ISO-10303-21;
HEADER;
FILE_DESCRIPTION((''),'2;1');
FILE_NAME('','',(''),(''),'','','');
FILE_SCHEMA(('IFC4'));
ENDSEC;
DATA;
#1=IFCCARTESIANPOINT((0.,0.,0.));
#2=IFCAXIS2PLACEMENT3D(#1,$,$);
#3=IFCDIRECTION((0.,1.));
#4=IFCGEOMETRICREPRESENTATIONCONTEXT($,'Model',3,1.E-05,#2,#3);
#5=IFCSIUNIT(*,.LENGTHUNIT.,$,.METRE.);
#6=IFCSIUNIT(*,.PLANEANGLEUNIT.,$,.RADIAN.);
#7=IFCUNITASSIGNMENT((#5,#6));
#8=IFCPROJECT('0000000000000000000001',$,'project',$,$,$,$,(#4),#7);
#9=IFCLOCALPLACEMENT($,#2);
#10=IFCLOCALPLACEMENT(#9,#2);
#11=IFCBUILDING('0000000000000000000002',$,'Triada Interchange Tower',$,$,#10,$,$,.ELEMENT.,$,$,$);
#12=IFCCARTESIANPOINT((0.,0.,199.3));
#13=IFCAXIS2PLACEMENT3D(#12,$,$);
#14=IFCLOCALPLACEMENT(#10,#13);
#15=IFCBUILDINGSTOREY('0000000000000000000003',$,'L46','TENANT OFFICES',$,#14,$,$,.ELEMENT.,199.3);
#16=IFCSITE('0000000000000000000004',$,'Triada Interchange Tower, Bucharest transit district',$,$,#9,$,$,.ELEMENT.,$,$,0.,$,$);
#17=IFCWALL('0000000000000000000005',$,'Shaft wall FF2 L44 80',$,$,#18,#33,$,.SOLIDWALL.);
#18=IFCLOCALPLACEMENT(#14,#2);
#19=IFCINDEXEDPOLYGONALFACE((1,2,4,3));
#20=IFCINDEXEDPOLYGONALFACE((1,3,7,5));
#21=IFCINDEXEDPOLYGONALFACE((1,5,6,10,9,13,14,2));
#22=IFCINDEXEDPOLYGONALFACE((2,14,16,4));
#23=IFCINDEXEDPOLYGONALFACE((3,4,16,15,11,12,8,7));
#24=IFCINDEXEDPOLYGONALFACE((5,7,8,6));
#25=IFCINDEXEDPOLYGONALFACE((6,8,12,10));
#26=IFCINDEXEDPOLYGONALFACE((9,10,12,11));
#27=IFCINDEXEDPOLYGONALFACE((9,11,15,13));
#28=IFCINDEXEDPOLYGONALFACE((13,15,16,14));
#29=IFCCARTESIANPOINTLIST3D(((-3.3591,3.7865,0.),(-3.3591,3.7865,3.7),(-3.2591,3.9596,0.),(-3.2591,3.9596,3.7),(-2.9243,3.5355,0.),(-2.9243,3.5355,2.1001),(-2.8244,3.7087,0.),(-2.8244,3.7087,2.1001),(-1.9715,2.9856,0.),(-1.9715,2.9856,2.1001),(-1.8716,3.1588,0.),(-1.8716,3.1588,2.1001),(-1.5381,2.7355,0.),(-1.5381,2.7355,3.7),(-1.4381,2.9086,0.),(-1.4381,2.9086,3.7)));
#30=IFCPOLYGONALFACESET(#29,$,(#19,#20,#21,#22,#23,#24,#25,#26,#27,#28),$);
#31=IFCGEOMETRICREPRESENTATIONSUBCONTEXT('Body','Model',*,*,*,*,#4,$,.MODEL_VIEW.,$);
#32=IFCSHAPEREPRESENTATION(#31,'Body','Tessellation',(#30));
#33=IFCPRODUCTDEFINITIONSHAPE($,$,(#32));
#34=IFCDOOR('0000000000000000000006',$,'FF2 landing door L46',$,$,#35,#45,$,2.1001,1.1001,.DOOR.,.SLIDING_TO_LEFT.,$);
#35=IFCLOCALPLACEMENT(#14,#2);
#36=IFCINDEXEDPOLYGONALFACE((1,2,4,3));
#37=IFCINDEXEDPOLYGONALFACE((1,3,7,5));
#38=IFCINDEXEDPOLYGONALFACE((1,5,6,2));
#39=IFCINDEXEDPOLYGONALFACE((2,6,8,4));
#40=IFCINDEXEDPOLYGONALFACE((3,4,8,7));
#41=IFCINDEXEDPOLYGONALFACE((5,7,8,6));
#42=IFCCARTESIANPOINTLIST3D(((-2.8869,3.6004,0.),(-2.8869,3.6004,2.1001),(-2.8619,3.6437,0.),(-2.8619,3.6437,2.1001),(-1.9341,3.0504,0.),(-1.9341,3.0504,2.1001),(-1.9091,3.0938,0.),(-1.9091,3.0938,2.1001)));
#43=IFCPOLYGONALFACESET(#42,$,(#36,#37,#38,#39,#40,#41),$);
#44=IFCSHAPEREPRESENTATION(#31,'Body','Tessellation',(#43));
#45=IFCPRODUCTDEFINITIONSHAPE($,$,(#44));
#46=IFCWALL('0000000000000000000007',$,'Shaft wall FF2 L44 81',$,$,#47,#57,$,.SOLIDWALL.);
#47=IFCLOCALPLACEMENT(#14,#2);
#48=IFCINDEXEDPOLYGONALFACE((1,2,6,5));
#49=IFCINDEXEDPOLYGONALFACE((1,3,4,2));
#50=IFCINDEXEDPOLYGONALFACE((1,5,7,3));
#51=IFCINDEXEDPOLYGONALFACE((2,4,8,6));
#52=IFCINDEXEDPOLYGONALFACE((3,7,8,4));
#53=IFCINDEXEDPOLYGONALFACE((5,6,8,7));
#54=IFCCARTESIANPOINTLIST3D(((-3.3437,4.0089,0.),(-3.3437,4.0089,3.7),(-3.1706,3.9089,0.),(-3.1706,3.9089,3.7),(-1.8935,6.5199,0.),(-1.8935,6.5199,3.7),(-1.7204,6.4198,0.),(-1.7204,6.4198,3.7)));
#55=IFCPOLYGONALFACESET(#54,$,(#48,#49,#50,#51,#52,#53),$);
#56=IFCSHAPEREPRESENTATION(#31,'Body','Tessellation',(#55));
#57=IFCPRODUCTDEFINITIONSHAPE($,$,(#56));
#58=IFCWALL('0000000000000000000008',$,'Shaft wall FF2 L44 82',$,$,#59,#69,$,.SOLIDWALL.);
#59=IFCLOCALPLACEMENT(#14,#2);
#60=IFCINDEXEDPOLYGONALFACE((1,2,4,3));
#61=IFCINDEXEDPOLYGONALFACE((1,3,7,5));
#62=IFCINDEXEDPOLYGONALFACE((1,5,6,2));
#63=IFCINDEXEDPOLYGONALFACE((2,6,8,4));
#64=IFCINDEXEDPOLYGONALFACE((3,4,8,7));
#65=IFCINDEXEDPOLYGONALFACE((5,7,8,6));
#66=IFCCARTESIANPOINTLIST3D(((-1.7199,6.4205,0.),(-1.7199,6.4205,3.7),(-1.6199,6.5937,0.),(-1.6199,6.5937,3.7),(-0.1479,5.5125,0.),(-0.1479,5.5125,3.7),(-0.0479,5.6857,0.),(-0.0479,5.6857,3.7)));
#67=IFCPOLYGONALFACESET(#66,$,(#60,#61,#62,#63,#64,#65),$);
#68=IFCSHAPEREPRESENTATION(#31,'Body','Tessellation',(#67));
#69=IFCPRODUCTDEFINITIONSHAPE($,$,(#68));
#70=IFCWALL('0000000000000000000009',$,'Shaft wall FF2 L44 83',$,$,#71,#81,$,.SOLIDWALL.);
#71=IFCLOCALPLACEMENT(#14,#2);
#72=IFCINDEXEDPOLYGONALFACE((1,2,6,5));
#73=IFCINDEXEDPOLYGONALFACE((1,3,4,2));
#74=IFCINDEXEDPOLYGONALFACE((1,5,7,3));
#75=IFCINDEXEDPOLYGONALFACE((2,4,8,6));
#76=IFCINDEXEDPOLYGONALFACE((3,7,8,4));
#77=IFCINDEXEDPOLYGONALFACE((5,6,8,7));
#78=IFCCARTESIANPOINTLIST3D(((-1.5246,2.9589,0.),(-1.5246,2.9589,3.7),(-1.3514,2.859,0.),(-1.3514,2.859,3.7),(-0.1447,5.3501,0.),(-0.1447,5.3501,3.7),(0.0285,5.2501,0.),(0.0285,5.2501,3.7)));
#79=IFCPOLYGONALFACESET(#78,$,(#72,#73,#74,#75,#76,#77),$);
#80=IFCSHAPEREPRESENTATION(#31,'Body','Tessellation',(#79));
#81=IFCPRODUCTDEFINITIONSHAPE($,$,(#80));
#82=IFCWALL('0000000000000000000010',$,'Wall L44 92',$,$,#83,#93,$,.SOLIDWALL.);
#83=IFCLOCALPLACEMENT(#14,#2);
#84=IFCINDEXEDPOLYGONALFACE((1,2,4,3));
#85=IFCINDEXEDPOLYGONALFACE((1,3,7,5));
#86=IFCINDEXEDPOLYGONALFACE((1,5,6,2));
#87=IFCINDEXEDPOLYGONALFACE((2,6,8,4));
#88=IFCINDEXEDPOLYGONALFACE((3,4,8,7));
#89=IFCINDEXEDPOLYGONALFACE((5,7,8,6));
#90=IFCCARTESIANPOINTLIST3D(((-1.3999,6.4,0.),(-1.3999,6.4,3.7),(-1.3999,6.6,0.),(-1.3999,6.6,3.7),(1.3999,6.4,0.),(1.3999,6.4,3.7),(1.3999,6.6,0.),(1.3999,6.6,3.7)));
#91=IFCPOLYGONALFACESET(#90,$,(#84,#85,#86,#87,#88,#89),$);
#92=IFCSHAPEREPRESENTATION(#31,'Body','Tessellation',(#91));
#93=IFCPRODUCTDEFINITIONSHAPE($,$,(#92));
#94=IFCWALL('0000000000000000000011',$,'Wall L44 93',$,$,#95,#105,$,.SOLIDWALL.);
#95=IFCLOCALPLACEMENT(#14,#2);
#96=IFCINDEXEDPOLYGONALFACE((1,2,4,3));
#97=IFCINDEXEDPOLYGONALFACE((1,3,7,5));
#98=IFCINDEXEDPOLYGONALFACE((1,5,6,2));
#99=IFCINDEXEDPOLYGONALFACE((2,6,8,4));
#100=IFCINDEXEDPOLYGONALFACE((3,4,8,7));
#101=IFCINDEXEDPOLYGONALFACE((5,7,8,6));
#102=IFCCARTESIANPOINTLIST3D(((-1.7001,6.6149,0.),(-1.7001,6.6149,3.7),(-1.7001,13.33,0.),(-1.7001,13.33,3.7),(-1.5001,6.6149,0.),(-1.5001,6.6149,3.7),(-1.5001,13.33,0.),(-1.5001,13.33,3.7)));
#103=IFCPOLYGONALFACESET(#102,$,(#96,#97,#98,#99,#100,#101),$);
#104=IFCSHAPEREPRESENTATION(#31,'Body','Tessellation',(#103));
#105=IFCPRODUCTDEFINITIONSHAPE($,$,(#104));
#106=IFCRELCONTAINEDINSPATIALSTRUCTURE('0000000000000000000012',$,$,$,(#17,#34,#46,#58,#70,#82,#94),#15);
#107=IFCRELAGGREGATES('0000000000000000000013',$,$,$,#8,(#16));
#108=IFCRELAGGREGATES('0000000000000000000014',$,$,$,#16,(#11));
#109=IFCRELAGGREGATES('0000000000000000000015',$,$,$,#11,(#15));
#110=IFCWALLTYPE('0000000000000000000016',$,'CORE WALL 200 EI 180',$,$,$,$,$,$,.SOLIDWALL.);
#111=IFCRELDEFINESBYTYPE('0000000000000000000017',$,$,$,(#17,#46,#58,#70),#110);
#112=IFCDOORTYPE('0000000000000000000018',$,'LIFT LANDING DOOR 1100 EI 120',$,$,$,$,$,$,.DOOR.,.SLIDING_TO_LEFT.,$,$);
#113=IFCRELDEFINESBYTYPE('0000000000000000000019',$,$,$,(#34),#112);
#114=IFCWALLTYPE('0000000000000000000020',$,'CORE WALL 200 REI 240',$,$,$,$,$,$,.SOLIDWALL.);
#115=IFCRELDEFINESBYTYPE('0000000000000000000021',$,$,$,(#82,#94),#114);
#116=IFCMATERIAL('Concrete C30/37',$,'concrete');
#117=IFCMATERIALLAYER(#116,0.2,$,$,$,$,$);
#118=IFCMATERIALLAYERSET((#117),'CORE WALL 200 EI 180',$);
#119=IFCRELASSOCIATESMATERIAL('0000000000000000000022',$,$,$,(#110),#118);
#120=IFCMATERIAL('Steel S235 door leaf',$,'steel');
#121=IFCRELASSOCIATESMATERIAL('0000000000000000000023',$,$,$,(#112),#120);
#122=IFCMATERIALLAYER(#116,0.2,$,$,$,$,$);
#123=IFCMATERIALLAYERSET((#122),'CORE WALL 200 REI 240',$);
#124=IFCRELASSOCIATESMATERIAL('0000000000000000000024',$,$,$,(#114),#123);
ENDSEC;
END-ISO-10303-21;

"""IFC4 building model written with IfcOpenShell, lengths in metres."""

from ifc_helpers import new_model, si_unit, direction, frame, frame_2d, origin, place, context, subcontext, project, spatial, rectangle, extrude, material, layer, layer_set, type_object, element, fill, save


model = new_model("IFC4")

# Units and contexts
model_context = context("Model", 3, precision=1e-05, world=origin(), true_north=direction((0.0, 1.0)))
body_context = subcontext(model_context, "Body", "Model", "MODEL_VIEW")
ifc_project = project(units=[si_unit("LENGTHUNIT", "METRE"), si_unit("PLANEANGLEUNIT", "RADIAN")], contexts=[model_context])

# Site, building, storey
site_placement = place(None, origin())
site = spatial("IfcSite", under=ifc_project, at=site_placement, Name="Triada Interchange Tower, Bucharest transit district", CompositionType="ELEMENT", RefElevation=0.0)
building_placement = place(site_placement, origin())
building = spatial("IfcBuilding", under=site, at=building_placement, Name="Triada Interchange Tower", CompositionType="ELEMENT")
storey_placement = place(building_placement, frame((0.0, 0.0, 199.3)))
storey = spatial("IfcBuildingStorey", under=building, at=storey_placement, Name="L46", Description="TENANT OFFICES", CompositionType="ELEMENT", Elevation=199.3)

# Shared definitions
ifc_material_1 = material(Name="Concrete C30/37", Category="concrete")
ifc_layer_1 = layer(ifc_material_1, 0.2)
ifc_layer_set_1 = layer_set([ifc_layer_1], Name="CORE WALL 200 EI 180")
wall_type_1 = type_object("IfcWallType", Name="CORE WALL 200 EI 180", PredefinedType="SOLIDWALL", material=ifc_layer_set_1)

# Shared definitions
ifc_material_2 = material(Name="Steel S235 door leaf", Category="steel")

# Wall, opening, door
door_type_1 = type_object("IfcDoorType", Name="LIFT LANDING DOOR 1100 EI 120", OperationType="SLIDING_TO_LEFT", PredefinedType="DOOR", material=ifc_material_2)
wall_1_placement = place(storey_placement, frame((-3.3091, 3.873, 0.0), z_axis=(0.0, 0.0, 1.0), x_axis=(0.866099, -0.499873, 0.0)))
wall_1 = element("IfcWall", 1, at=wall_1_placement, inside=storey, type_object=wall_type_1, Name="Shaft wall FF2 L44 80", PredefinedType="SOLIDWALL", context=body_context, shape_type="SweptSolid", body=[
    extrude(rectangle(XDim=2.1025, YDim=0.2, at=frame_2d((1.0513, 0.0))), origin(), (0.0, 0.0, 1.0), 3.7),
])
opening_1_placement = place(wall_1_placement, frame((0.502, 0.0, 0.0)))
opening_1 = element("IfcOpeningElement", 2, at=opening_1_placement, cuts=wall_1, PredefinedType="OPENING", context=body_context, shape_type="SweptSolid", body=[
    extrude(rectangle(XDim=1.1001, YDim=2.1001, at=frame_2d((0.55, 1.05))), frame((0.0, 0.1099, 0.0), z_axis=(0.0, -1.0, 0.0), x_axis=(1.0, 0.0, 0.0)), (0.0, 0.0, 1.0), 0.22),
])
door_1_placement = place(opening_1_placement, origin())
door_1 = element("IfcDoor", 3, at=door_1_placement, inside=storey, type_object=door_type_1, Name="FF2 landing door L46", OperationType="SLIDING_TO_LEFT", OverallHeight=2.1001, OverallWidth=1.1001, PredefinedType="DOOR", context=body_context, shape_type="SweptSolid", body=[
    extrude(rectangle(XDim=1.1001, YDim=2.1001, at=frame_2d((0.55, 1.05))), frame((0.0, 0.0249, 0.0), z_axis=(0.0, -1.0, 0.0), x_axis=(1.0, 0.0, 0.0)), (0.0, 0.0, 1.0), 0.05),
])
fill(opening_1, door_1)

# Walls
wall_2_placement = place(storey_placement, frame((-3.2571, 3.959, 0.0), z_axis=(0.0, 0.0, 1.0), x_axis=(0.500123, 0.865954, 0.0)))
element("IfcWall", 4, at=wall_2_placement, inside=storey, type_object=wall_type_1, Name="Shaft wall FF2 L44 81", PredefinedType="SOLIDWALL", context=body_context, shape_type="SweptSolid", body=[
    extrude(rectangle(XDim=2.8997, YDim=0.2, at=frame_2d((1.4497, 0.0))), origin(), (0.0, 0.0, 1.0), 3.7),
])
wall_3_placement = place(storey_placement, frame((-1.6699, 6.5071, 0.0), z_axis=(0.0, 0.0, 1.0), x_axis=(0.865941, -0.500145, 0.0)))
element("IfcWall", 5, at=wall_3_placement, inside=storey, type_object=wall_type_1, Name="Shaft wall FF2 L44 82", PredefinedType="SOLIDWALL", context=body_context, shape_type="SweptSolid", body=[
    extrude(rectangle(XDim=1.8154, YDim=0.2, at=frame_2d((0.9077, 0.0))), origin(), (0.0, 0.0, 1.0), 3.7),
])
wall_4_placement = place(storey_placement, frame((-1.438, 2.9089, 0.0), z_axis=(0.0, 0.0, 1.0), x_axis=(0.49983, 0.866124, 0.0)))
element("IfcWall", 6, at=wall_4_placement, inside=storey, type_object=wall_type_1, Name="Shaft wall FF2 L44 83", PredefinedType="SOLIDWALL", context=body_context, shape_type="SweptSolid", body=[
    extrude(rectangle(XDim=2.7607, YDim=0.2, at=frame_2d((1.3804, 0.0))), origin(), (0.0, 0.0, 1.0), 3.7),
])
ifc_layer_2 = layer(ifc_material_1, 0.2)
ifc_layer_set_2 = layer_set([ifc_layer_2], Name="CORE WALL 200 REI 240")
wall_type_2 = type_object("IfcWallType", Name="CORE WALL 200 REI 240", PredefinedType="SOLIDWALL", material=ifc_layer_set_2)
wall_5_placement = place(storey_placement, frame((-1.3999, 6.5, 0.0), z_axis=(0.0, 0.0, 1.0), x_axis=(1.0, 0.0, 0.0)))
element("IfcWall", 7, at=wall_5_placement, inside=storey, type_object=wall_type_2, Name="Wall L44 92", PredefinedType="SOLIDWALL", context=body_context, shape_type="SweptSolid", body=[
    extrude(rectangle(XDim=2.7998, YDim=0.2, at=frame_2d((1.3999, 0.0))), origin(), (0.0, 0.0, 1.0), 3.7),
])
wall_6_placement = place(storey_placement, frame((-1.6001, 6.615, 0.0), z_axis=(0.0, 0.0, 1.0), x_axis=(0.0, 1.0, 0.0)))
element("IfcWall", 8, at=wall_6_placement, inside=storey, type_object=wall_type_2, Name="Wall L44 93", PredefinedType="SOLIDWALL", context=body_context, shape_type="SweptSolid", body=[
    extrude(rectangle(XDim=6.7151, YDim=0.2, at=frame_2d((3.3574, 0.0))), origin(), (0.0, 0.0, 1.0), 3.7),
])

save(model, "model.ifc")
